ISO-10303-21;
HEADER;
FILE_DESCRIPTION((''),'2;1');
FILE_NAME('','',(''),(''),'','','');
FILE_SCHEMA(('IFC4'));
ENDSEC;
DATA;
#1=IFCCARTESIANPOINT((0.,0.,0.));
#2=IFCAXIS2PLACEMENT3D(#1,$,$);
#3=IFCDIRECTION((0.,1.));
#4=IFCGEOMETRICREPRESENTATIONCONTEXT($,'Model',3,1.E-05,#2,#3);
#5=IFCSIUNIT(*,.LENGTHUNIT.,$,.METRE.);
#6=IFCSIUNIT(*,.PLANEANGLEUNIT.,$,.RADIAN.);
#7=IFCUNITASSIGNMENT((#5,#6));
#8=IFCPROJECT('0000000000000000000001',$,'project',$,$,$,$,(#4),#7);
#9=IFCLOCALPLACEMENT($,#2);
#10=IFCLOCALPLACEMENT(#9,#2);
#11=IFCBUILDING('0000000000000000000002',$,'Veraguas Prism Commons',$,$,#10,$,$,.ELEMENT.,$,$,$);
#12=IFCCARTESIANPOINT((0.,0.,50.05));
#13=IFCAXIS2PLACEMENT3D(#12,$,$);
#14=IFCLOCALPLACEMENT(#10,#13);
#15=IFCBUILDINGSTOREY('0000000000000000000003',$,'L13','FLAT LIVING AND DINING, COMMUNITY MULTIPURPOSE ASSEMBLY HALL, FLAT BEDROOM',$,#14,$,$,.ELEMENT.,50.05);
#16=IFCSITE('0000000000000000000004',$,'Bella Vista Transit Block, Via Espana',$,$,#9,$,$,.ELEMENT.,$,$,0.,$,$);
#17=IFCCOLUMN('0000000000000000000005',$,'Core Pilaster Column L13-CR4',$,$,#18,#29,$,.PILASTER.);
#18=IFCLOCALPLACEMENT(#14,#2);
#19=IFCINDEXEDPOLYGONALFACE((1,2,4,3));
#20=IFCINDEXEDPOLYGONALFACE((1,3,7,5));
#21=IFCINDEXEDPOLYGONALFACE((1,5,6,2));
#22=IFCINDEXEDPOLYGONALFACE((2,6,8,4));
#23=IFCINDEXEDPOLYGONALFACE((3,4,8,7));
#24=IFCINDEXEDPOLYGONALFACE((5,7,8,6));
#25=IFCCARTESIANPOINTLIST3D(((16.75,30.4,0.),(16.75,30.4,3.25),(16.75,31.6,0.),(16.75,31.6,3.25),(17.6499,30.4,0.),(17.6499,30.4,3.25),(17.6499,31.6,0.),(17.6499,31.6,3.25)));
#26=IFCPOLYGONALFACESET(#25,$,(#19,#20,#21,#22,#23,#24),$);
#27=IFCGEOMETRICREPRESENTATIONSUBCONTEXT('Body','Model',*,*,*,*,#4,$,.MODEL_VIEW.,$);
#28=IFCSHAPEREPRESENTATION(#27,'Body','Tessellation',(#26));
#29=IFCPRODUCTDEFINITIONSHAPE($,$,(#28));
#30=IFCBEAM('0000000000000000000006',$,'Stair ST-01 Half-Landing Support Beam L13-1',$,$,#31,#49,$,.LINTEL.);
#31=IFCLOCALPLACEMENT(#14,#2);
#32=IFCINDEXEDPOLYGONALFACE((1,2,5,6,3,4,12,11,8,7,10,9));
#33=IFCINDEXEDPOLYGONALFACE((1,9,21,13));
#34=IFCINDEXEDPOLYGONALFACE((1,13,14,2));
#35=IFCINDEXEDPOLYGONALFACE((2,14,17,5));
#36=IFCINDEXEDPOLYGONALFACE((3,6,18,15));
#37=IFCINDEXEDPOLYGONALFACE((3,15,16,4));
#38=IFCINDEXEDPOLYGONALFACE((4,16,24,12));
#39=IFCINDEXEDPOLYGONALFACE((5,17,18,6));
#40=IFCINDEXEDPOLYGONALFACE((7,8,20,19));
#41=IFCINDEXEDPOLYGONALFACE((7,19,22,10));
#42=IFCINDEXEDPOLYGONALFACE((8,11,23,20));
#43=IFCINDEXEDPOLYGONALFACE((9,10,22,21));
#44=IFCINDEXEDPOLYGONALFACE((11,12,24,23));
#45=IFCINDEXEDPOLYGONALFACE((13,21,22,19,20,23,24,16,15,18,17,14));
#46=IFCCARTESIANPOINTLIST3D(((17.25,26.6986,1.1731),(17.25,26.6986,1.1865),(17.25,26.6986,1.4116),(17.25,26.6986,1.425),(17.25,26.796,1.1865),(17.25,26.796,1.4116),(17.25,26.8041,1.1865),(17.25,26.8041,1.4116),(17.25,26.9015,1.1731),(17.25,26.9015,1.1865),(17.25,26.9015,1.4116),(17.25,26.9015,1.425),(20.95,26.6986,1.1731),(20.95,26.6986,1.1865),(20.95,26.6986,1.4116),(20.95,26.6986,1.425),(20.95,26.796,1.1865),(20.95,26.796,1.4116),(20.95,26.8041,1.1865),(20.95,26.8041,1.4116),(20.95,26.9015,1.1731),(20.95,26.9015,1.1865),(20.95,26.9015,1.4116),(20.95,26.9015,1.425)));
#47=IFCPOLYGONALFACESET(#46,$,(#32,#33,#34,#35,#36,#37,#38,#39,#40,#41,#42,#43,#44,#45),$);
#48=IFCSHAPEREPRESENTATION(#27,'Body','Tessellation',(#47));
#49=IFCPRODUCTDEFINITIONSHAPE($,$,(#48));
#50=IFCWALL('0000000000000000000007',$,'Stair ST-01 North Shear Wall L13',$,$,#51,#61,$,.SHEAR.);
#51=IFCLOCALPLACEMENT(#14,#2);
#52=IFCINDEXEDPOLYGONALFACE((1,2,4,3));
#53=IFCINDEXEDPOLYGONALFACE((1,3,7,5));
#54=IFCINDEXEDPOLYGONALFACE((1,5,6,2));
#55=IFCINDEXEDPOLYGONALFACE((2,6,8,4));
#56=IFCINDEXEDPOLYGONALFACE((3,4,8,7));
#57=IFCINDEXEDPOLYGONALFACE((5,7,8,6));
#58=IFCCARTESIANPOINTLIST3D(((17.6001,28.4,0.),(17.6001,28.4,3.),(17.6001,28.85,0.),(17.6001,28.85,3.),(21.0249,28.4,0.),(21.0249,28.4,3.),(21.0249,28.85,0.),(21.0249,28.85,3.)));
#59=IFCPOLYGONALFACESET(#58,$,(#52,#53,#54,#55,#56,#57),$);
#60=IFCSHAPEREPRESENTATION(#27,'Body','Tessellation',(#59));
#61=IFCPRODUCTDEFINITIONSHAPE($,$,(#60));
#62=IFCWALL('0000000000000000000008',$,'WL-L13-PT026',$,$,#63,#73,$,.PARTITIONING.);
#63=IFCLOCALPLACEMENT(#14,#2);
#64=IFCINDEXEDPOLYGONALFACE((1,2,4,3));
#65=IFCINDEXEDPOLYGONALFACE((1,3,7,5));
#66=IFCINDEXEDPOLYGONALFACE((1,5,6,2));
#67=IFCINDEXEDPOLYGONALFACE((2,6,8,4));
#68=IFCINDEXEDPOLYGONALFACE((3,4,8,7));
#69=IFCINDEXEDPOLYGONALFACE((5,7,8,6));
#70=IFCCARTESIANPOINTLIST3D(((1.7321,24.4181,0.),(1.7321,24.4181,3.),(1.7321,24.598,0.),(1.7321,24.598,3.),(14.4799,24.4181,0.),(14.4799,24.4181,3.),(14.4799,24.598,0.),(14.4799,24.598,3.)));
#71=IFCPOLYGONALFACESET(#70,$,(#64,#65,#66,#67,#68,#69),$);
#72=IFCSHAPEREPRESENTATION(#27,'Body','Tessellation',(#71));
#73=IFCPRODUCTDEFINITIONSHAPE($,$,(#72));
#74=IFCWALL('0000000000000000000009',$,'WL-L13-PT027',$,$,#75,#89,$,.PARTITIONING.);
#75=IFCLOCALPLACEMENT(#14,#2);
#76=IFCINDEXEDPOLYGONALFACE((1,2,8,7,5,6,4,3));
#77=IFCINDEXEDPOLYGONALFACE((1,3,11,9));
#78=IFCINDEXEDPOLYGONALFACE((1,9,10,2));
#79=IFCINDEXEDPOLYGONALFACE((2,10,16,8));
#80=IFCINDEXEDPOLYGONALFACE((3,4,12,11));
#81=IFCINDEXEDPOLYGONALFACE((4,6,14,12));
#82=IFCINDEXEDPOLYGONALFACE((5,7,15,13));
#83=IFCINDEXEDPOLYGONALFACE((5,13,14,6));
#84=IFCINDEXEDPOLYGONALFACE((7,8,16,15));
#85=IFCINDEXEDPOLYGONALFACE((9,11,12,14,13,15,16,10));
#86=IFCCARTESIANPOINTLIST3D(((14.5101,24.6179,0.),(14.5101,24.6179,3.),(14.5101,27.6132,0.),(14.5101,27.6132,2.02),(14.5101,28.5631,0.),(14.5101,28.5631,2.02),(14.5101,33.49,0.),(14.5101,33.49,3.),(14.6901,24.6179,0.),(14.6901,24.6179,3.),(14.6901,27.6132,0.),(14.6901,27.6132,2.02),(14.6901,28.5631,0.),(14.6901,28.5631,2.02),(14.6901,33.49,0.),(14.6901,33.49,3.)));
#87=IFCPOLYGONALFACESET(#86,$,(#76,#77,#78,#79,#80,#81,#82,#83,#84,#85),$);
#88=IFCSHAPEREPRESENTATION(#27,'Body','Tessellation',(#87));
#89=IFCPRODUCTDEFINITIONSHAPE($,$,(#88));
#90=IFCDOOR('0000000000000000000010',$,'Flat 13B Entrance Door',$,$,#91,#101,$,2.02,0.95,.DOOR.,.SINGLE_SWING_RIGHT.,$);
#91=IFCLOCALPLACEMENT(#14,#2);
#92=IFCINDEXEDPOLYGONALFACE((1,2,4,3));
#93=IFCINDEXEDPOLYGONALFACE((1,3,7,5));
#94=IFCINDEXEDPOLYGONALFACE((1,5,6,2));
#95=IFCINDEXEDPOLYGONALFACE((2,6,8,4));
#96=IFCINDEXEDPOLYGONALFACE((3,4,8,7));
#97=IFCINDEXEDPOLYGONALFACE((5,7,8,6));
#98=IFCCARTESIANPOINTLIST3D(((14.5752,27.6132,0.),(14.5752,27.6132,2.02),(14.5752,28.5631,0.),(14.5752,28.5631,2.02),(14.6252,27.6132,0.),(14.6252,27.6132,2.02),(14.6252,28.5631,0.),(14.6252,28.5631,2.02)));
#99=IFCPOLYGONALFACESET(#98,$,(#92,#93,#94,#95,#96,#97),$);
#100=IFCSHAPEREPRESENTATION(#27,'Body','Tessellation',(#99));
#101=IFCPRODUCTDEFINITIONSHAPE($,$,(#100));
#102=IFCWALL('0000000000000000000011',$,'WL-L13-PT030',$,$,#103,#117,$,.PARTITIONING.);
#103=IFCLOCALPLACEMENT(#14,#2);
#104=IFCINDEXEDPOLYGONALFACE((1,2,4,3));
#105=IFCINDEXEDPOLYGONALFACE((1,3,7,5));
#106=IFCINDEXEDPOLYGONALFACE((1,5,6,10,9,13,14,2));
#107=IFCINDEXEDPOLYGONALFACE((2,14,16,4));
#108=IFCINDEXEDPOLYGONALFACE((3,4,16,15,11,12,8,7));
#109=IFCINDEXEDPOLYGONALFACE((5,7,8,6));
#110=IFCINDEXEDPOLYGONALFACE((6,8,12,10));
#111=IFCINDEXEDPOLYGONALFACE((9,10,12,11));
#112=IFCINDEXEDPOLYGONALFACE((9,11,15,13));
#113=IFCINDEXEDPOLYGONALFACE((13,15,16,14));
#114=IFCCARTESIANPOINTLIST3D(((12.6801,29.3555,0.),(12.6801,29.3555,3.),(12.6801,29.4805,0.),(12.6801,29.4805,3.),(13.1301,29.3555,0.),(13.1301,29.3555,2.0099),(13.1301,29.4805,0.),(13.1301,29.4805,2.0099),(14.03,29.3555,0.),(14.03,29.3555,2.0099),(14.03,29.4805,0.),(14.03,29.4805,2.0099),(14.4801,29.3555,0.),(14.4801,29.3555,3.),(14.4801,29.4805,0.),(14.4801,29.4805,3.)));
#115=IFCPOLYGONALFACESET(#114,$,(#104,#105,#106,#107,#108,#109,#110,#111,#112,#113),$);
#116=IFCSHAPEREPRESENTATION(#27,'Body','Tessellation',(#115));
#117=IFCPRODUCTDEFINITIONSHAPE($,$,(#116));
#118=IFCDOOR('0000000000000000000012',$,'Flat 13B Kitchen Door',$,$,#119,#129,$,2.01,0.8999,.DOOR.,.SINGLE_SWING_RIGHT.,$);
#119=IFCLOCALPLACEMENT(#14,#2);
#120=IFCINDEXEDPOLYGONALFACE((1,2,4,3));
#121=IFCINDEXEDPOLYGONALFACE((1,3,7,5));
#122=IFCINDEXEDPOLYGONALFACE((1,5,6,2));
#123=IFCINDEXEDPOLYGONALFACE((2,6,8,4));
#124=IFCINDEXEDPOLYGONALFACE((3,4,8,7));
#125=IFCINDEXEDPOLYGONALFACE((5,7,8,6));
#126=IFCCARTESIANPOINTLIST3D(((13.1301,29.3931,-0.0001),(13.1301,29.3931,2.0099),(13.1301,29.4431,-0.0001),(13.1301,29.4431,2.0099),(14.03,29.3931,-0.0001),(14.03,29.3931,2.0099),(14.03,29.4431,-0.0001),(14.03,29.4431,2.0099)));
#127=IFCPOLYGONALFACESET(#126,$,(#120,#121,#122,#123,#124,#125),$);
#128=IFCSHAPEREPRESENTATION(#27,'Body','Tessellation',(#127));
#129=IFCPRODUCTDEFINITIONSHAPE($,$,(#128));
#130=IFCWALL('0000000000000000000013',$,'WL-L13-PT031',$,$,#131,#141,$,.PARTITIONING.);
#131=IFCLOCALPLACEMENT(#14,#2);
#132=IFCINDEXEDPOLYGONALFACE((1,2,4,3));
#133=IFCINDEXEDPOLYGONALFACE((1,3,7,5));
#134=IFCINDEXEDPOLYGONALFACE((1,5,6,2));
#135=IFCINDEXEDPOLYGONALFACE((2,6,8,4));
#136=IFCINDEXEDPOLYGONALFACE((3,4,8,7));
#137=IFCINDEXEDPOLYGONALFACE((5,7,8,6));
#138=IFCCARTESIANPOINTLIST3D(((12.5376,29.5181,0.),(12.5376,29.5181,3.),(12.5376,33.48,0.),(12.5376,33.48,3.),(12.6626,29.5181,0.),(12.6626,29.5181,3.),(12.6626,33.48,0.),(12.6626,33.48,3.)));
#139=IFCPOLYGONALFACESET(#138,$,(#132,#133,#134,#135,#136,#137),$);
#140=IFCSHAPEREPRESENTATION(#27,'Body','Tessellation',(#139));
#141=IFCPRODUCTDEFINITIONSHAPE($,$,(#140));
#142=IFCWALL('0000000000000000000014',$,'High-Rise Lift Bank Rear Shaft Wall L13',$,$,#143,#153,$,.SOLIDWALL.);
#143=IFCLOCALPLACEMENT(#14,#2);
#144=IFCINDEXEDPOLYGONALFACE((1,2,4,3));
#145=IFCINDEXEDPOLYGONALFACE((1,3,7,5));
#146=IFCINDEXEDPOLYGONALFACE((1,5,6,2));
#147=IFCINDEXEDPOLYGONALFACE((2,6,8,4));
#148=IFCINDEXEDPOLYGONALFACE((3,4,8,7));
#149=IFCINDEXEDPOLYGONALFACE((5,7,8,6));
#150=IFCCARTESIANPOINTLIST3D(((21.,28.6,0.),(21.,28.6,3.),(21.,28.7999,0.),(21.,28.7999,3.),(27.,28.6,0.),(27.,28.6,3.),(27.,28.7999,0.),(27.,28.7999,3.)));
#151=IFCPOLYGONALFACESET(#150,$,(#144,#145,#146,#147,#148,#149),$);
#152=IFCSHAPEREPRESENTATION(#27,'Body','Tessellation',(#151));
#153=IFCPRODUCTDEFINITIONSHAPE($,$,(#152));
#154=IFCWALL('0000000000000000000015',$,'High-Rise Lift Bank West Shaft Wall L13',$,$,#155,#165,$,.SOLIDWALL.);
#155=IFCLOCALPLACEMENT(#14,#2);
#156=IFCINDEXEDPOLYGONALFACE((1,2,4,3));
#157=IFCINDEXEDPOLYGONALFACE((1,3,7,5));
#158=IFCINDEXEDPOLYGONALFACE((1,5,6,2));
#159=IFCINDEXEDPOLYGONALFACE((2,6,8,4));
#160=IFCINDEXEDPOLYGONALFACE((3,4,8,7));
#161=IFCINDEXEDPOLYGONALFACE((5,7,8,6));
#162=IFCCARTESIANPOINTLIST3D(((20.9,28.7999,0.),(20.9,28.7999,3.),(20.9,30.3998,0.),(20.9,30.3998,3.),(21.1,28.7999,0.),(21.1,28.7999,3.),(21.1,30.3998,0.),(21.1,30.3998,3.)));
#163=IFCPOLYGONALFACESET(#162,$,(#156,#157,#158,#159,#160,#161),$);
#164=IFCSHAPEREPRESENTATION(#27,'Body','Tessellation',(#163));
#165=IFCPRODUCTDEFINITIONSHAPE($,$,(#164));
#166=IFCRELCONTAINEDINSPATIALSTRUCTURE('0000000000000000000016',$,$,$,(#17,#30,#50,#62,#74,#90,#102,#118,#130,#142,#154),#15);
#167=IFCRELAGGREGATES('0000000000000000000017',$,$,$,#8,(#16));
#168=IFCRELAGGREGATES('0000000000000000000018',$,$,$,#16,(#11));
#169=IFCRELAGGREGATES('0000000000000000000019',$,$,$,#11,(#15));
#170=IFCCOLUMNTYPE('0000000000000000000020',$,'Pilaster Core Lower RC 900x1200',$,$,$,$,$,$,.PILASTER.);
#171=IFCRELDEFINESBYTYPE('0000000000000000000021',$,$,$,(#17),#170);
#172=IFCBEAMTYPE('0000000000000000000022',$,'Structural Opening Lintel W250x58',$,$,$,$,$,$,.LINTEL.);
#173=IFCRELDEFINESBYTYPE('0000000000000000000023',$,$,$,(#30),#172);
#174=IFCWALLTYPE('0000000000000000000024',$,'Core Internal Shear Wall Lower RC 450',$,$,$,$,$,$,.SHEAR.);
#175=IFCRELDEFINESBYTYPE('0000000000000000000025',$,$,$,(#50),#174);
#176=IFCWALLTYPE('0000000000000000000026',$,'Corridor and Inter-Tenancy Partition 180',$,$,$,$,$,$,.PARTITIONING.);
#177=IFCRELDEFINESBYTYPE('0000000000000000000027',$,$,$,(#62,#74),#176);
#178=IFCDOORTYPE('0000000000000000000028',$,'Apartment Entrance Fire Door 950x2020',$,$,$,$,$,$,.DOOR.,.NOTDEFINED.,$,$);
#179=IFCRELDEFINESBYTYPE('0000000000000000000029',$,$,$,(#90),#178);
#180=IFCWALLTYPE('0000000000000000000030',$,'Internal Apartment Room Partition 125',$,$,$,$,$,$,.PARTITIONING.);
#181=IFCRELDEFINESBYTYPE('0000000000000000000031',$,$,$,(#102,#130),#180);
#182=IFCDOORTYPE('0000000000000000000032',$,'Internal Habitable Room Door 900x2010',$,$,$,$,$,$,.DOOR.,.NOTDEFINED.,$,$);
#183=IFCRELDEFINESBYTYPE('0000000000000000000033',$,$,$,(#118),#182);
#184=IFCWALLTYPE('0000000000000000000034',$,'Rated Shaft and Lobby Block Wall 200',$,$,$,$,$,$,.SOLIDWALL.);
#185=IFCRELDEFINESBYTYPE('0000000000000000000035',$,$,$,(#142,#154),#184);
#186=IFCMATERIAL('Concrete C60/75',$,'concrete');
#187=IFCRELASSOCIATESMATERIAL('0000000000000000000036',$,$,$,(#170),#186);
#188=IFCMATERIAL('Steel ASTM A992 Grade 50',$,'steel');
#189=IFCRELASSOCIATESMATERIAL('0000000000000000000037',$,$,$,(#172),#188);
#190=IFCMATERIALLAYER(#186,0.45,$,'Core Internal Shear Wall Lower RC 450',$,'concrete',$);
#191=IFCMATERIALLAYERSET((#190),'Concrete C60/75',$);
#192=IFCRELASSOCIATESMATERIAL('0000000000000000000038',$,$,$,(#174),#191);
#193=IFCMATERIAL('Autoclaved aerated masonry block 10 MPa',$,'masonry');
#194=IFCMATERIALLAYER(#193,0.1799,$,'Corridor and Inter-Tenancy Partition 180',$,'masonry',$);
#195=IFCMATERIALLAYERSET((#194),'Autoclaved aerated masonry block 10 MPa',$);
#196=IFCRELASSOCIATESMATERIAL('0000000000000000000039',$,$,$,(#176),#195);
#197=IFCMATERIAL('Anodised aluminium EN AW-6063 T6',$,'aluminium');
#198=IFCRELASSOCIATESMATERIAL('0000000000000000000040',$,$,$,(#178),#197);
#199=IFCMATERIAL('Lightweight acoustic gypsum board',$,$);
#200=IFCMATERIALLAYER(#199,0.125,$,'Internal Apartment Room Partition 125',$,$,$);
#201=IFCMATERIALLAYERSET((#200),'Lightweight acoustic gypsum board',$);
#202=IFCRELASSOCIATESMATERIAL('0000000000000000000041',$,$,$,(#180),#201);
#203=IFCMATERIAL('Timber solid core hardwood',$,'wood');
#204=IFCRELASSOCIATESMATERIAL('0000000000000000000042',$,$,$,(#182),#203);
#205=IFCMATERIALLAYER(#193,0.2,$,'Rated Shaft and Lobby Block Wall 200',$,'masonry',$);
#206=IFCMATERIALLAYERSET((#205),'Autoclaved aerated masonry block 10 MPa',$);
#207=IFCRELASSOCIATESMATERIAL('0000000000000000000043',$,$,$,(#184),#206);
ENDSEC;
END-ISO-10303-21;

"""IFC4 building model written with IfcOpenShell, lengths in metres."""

from ifc_helpers import new_model, si_unit, direction, frame, frame_2d, origin, origin_2d, place, context, subcontext, project, spatial, rectangle, i_section, extrude, source, transform, mapped, material, layer, layer_set, material_profile, profile_set, type_object, element, fill, save


model = new_model("IFC4")

# Units and contexts
model_context = context("Model", 3, precision=1e-05, world=origin(), true_north=direction((0.0, 1.0)))
body_context = subcontext(model_context, "Body", "Model", "MODEL_VIEW")
ifc_project = project(units=[si_unit("LENGTHUNIT", "METRE"), si_unit("PLANEANGLEUNIT", "RADIAN")], contexts=[model_context])

# Site, building, storey
site_placement = place(None, origin())
site = spatial("IfcSite", under=ifc_project, at=site_placement, Name="Bella Vista Transit Block, Via Espana", CompositionType="ELEMENT", RefElevation=0.0)
building_placement = place(site_placement, origin())
building = spatial("IfcBuilding", under=site, at=building_placement, Name="Veraguas Prism Commons", CompositionType="ELEMENT")
storey_placement = place(building_placement, frame((0.0, 0.0, 50.05)))
storey = spatial("IfcBuildingStorey", under=building, at=storey_placement, Name="L13", Description="FLAT LIVING AND DINING, COMMUNITY MULTIPURPOSE ASSEMBLY HALL, FLAT BEDROOM", CompositionType="ELEMENT", Elevation=50.05)

# Column
ifc_material_1 = material(Name="Concrete C60/75", Category="concrete")
ifc_material_profile_1 = material_profile(ifc_material_1, rectangle(XDim=0.8999, YDim=1.2, at=origin_2d()), Name="RC900X1200")
ifc_profile_set_1 = profile_set([ifc_material_profile_1], Name="Concrete C60/75")
column_type = type_object("IfcColumnType", Name="Pilaster Core Lower RC 900x1200", PredefinedType="PILASTER", material=ifc_profile_set_1)
column_placement = place(storey_placement, frame((17.2, 31.0, 0.0), z_axis=(0.0, 0.0, 1.0), x_axis=(1.0, 0.0, 0.0)))
element("IfcColumn", 1, at=column_placement, inside=storey, type_object=column_type, Name="Core Pilaster Column L13-CR4", PredefinedType="PILASTER", context=body_context, shape_type="SweptSolid", body=[
    extrude(rectangle(XDim=0.8999, YDim=1.2, at=origin_2d()), origin(), (0.0, 0.0, 1.0), 3.25),
])

# Beam
ifc_material_2 = material(Name="Steel ASTM A992 Grade 50", Category="steel")
ifc_material_profile_2 = material_profile(ifc_material_2, i_section(OverallWidth=0.2029, OverallDepth=0.252, WebThickness=0.0081, FlangeThickness=0.0134, at=origin_2d()), Name="W250X58")
ifc_profile_set_2 = profile_set([ifc_material_profile_2], Name="Steel ASTM A992 Grade 50")
beam_type = type_object("IfcBeamType", Name="Structural Opening Lintel W250x58", PredefinedType="LINTEL", material=ifc_profile_set_2)
beam_placement = place(storey_placement, frame((17.25, 26.8, 1.2991), z_axis=(1.0, 0.0, 0.0), x_axis=(0.0, 1.0, 0.0)))
element("IfcBeam", 2, at=beam_placement, inside=storey, type_object=beam_type, Name="Stair ST-01 Half-Landing Support Beam L13-1", PredefinedType="LINTEL", context=body_context, shape_type="SweptSolid", body=[
    extrude(i_section(OverallWidth=0.2029, OverallDepth=0.252, WebThickness=0.0081, FlangeThickness=0.0134, at=origin_2d()), origin(), (0.0, 0.0, 1.0), 3.7),
])

# Walls
ifc_layer_1 = layer(ifc_material_1, 0.45, Name="Core Internal Shear Wall Lower RC 450", Category="concrete")
ifc_layer_set_1 = layer_set([ifc_layer_1], Name="Concrete C60/75")
wall_type_1 = type_object("IfcWallType", Name="Core Internal Shear Wall Lower RC 450", PredefinedType="SHEAR", material=ifc_layer_set_1)
wall_1_placement = place(storey_placement, frame((17.6001, 28.625, 0.0), z_axis=(0.0, 0.0, 1.0), x_axis=(1.0, 0.0, 0.0)))
element("IfcWall", 3, at=wall_1_placement, inside=storey, type_object=wall_type_1, Name="Stair ST-01 North Shear Wall L13", PredefinedType="SHEAR", context=body_context, shape_type="SweptSolid", body=[
    extrude(rectangle(XDim=3.4248, YDim=0.45, at=frame_2d((1.7124, 0.0))), origin(), (0.0, 0.0, 1.0), 3.0),
])
ifc_material_3 = material(Name="Autoclaved aerated masonry block 10 MPa", Category="masonry")
ifc_layer_2 = layer(ifc_material_3, 0.1799, Name="Corridor and Inter-Tenancy Partition 180", Category="masonry")
ifc_layer_set_2 = layer_set([ifc_layer_2], Name="Autoclaved aerated masonry block 10 MPa")
wall_type_2 = type_object("IfcWallType", Name="Corridor and Inter-Tenancy Partition 180", PredefinedType="PARTITIONING", material=ifc_layer_set_2)
wall_2_placement = place(storey_placement, frame((14.48, 24.5081, 0.0), z_axis=(0.0, 0.0, 1.0), x_axis=(-1.0, 0.0, 0.0)))
element("IfcWall", 4, at=wall_2_placement, inside=storey, type_object=wall_type_2, Name="WL-L13-PT026", PredefinedType="PARTITIONING", context=body_context, shape_type="SweptSolid", body=[
    extrude(rectangle(XDim=12.7478, YDim=0.1799, at=frame_2d((6.374, 0.0))), origin(), (0.0, 0.0, 1.0), 3.0),
])

# Walls, openings, doors
wall_3_placement = place(storey_placement, frame((14.6001, 24.6179, 0.0), z_axis=(0.0, 0.0, 1.0), x_axis=(0.0, 1.0, 0.0)))
wall_3 = element("IfcWall", 5, at=wall_3_placement, inside=storey, type_object=wall_type_2, Name="WL-L13-PT027", PredefinedType="PARTITIONING", context=body_context, shape_type="SweptSolid", body=[
    extrude(rectangle(XDim=8.8721, YDim=0.1799, at=frame_2d((4.436, 0.0))), origin(), (0.0, 0.0, 1.0), 3.0),
])
opening_1_placement = place(wall_3_placement, frame((2.9951, 0.0, 0.0)))
opening_1 = element("IfcOpeningElement", 6, at=opening_1_placement, cuts=wall_3, PredefinedType="OPENING", context=body_context, shape_type="SweptSolid", body=[
    extrude(rectangle(XDim=0.95, YDim=2.02, at=frame_2d((0.4751, 1.01))), frame((0.0, 0.0999, 0.0), z_axis=(0.0, -1.0, 0.0), x_axis=(1.0, 0.0, 0.0)), (0.0, 0.0, 1.0), 0.2),
])
ifc_material_4 = material(Name="Anodised aluminium EN AW-6063 T6", Category="aluminium")
door_type_1 = type_object("IfcDoorType", Name="Apartment Entrance Fire Door 950x2020", OperationType="NOTDEFINED", PredefinedType="DOOR", material=ifc_material_4)
shared_shape_1 = source(origin(), body_context, "Body", "SweptSolid", [
    extrude(rectangle(XDim=0.95, YDim=2.02, at=frame_2d((0.4751, 1.01))), frame((0.0, 0.0249, 0.0), z_axis=(0.0, -1.0, 0.0), x_axis=(1.0, 0.0, 0.0)), (0.0, 0.0, 1.0), 0.05),
])
door_1_placement = place(opening_1_placement, origin())
door_1 = element("IfcDoor", 7, at=door_1_placement, inside=storey, type_object=door_type_1, Name="Flat 13B Entrance Door", OperationType="SINGLE_SWING_RIGHT", OverallHeight=2.02, OverallWidth=0.95, PredefinedType="DOOR", context=body_context, shape_type="MappedRepresentation", body=[
    mapped(shared_shape_1, transform((0.0, 0.0, 0.0), scale=1.0)),
])
fill(opening_1, door_1)
ifc_material_5 = material(Name="Lightweight acoustic gypsum board")
ifc_layer_3 = layer(ifc_material_5, 0.125, Name="Internal Apartment Room Partition 125")
ifc_layer_set_3 = layer_set([ifc_layer_3], Name="Lightweight acoustic gypsum board")
wall_type_3 = type_object("IfcWallType", Name="Internal Apartment Room Partition 125", PredefinedType="PARTITIONING", material=ifc_layer_set_3)
wall_4_placement = place(storey_placement, frame((14.48, 29.418, 0.0), z_axis=(0.0, 0.0, 1.0), x_axis=(-1.0, 0.0, 0.0)))
wall_4 = element("IfcWall", 8, at=wall_4_placement, inside=storey, type_object=wall_type_3, Name="WL-L13-PT030", PredefinedType="PARTITIONING", context=body_context, shape_type="SweptSolid", body=[
    extrude(rectangle(XDim=1.8, YDim=0.125, at=frame_2d((0.8999, 0.0))), origin(), (0.0, 0.0, 1.0), 3.0),
])
opening_2_placement = place(wall_4_placement, frame((0.45, 0.0, 0.0)))
opening_2 = element("IfcOpeningElement", 9, at=opening_2_placement, cuts=wall_4, PredefinedType="OPENING", context=body_context, shape_type="SweptSolid", body=[
    extrude(rectangle(XDim=0.8999, YDim=2.01, at=frame_2d((0.45, 1.0049))), frame((0.0, 0.0725, 0.0), z_axis=(0.0, -1.0, 0.0), x_axis=(1.0, 0.0, 0.0)), (0.0, 0.0, 1.0), 0.145),
])
ifc_material_6 = material(Name="Timber solid core hardwood", Category="wood")
door_type_2 = type_object("IfcDoorType", Name="Internal Habitable Room Door 900x2010", OperationType="NOTDEFINED", PredefinedType="DOOR", material=ifc_material_6)
shared_shape_2 = source(origin(), body_context, "Body", "SweptSolid", [
    extrude(rectangle(XDim=0.8999, YDim=2.01, at=frame_2d((0.45, 1.0049))), frame((0.0, 0.0249, 0.0), z_axis=(0.0, -1.0, 0.0), x_axis=(1.0, 0.0, 0.0)), (0.0, 0.0, 1.0), 0.05),
])
door_2_placement = place(opening_2_placement, origin())
door_2 = element("IfcDoor", 10, at=door_2_placement, inside=storey, type_object=door_type_2, Name="Flat 13B Kitchen Door", OperationType="SINGLE_SWING_RIGHT", OverallHeight=2.01, OverallWidth=0.8999, PredefinedType="DOOR", context=body_context, shape_type="MappedRepresentation", body=[
    mapped(shared_shape_2, transform((0.0, 0.0, 0.0), scale=1.0)),
])
fill(opening_2, door_2)

# Walls
wall_5_placement = place(storey_placement, frame((12.6001, 29.5181, 0.0), z_axis=(0.0, 0.0, 1.0), x_axis=(0.0, 1.0, 0.0)))
element("IfcWall", 11, at=wall_5_placement, inside=storey, type_object=wall_type_3, Name="WL-L13-PT031", PredefinedType="PARTITIONING", context=body_context, shape_type="SweptSolid", body=[
    extrude(rectangle(XDim=3.9619, YDim=0.125, at=frame_2d((1.981, 0.0))), origin(), (0.0, 0.0, 1.0), 3.0),
])
ifc_layer_4 = layer(ifc_material_3, 0.2, Name="Rated Shaft and Lobby Block Wall 200", Category="masonry")
ifc_layer_set_4 = layer_set([ifc_layer_4], Name="Autoclaved aerated masonry block 10 MPa")
wall_type_4 = type_object("IfcWallType", Name="Rated Shaft and Lobby Block Wall 200", PredefinedType="SOLIDWALL", material=ifc_layer_set_4)
wall_6_placement = place(storey_placement, frame((21.0, 28.7, 0.0), z_axis=(0.0, 0.0, 1.0), x_axis=(1.0, 0.0, 0.0)))
element("IfcWall", 12, at=wall_6_placement, inside=storey, type_object=wall_type_4, Name="High-Rise Lift Bank Rear Shaft Wall L13", PredefinedType="SOLIDWALL", context=body_context, shape_type="SweptSolid", body=[
    extrude(rectangle(XDim=6.0, YDim=0.2, at=frame_2d((3.0, 0.0))), origin(), (0.0, 0.0, 1.0), 3.0),
])
wall_7_placement = place(storey_placement, frame((21.0, 28.8, 0.0), z_axis=(0.0, 0.0, 1.0), x_axis=(0.0, 1.0, 0.0)))
element("IfcWall", 13, at=wall_7_placement, inside=storey, type_object=wall_type_4, Name="High-Rise Lift Bank West Shaft Wall L13", PredefinedType="SOLIDWALL", context=body_context, shape_type="SweptSolid", body=[
    extrude(rectangle(XDim=1.5999, YDim=0.2, at=frame_2d((0.7998, 0.0))), origin(), (0.0, 0.0, 1.0), 3.0),
])

save(model, "model.ifc")
